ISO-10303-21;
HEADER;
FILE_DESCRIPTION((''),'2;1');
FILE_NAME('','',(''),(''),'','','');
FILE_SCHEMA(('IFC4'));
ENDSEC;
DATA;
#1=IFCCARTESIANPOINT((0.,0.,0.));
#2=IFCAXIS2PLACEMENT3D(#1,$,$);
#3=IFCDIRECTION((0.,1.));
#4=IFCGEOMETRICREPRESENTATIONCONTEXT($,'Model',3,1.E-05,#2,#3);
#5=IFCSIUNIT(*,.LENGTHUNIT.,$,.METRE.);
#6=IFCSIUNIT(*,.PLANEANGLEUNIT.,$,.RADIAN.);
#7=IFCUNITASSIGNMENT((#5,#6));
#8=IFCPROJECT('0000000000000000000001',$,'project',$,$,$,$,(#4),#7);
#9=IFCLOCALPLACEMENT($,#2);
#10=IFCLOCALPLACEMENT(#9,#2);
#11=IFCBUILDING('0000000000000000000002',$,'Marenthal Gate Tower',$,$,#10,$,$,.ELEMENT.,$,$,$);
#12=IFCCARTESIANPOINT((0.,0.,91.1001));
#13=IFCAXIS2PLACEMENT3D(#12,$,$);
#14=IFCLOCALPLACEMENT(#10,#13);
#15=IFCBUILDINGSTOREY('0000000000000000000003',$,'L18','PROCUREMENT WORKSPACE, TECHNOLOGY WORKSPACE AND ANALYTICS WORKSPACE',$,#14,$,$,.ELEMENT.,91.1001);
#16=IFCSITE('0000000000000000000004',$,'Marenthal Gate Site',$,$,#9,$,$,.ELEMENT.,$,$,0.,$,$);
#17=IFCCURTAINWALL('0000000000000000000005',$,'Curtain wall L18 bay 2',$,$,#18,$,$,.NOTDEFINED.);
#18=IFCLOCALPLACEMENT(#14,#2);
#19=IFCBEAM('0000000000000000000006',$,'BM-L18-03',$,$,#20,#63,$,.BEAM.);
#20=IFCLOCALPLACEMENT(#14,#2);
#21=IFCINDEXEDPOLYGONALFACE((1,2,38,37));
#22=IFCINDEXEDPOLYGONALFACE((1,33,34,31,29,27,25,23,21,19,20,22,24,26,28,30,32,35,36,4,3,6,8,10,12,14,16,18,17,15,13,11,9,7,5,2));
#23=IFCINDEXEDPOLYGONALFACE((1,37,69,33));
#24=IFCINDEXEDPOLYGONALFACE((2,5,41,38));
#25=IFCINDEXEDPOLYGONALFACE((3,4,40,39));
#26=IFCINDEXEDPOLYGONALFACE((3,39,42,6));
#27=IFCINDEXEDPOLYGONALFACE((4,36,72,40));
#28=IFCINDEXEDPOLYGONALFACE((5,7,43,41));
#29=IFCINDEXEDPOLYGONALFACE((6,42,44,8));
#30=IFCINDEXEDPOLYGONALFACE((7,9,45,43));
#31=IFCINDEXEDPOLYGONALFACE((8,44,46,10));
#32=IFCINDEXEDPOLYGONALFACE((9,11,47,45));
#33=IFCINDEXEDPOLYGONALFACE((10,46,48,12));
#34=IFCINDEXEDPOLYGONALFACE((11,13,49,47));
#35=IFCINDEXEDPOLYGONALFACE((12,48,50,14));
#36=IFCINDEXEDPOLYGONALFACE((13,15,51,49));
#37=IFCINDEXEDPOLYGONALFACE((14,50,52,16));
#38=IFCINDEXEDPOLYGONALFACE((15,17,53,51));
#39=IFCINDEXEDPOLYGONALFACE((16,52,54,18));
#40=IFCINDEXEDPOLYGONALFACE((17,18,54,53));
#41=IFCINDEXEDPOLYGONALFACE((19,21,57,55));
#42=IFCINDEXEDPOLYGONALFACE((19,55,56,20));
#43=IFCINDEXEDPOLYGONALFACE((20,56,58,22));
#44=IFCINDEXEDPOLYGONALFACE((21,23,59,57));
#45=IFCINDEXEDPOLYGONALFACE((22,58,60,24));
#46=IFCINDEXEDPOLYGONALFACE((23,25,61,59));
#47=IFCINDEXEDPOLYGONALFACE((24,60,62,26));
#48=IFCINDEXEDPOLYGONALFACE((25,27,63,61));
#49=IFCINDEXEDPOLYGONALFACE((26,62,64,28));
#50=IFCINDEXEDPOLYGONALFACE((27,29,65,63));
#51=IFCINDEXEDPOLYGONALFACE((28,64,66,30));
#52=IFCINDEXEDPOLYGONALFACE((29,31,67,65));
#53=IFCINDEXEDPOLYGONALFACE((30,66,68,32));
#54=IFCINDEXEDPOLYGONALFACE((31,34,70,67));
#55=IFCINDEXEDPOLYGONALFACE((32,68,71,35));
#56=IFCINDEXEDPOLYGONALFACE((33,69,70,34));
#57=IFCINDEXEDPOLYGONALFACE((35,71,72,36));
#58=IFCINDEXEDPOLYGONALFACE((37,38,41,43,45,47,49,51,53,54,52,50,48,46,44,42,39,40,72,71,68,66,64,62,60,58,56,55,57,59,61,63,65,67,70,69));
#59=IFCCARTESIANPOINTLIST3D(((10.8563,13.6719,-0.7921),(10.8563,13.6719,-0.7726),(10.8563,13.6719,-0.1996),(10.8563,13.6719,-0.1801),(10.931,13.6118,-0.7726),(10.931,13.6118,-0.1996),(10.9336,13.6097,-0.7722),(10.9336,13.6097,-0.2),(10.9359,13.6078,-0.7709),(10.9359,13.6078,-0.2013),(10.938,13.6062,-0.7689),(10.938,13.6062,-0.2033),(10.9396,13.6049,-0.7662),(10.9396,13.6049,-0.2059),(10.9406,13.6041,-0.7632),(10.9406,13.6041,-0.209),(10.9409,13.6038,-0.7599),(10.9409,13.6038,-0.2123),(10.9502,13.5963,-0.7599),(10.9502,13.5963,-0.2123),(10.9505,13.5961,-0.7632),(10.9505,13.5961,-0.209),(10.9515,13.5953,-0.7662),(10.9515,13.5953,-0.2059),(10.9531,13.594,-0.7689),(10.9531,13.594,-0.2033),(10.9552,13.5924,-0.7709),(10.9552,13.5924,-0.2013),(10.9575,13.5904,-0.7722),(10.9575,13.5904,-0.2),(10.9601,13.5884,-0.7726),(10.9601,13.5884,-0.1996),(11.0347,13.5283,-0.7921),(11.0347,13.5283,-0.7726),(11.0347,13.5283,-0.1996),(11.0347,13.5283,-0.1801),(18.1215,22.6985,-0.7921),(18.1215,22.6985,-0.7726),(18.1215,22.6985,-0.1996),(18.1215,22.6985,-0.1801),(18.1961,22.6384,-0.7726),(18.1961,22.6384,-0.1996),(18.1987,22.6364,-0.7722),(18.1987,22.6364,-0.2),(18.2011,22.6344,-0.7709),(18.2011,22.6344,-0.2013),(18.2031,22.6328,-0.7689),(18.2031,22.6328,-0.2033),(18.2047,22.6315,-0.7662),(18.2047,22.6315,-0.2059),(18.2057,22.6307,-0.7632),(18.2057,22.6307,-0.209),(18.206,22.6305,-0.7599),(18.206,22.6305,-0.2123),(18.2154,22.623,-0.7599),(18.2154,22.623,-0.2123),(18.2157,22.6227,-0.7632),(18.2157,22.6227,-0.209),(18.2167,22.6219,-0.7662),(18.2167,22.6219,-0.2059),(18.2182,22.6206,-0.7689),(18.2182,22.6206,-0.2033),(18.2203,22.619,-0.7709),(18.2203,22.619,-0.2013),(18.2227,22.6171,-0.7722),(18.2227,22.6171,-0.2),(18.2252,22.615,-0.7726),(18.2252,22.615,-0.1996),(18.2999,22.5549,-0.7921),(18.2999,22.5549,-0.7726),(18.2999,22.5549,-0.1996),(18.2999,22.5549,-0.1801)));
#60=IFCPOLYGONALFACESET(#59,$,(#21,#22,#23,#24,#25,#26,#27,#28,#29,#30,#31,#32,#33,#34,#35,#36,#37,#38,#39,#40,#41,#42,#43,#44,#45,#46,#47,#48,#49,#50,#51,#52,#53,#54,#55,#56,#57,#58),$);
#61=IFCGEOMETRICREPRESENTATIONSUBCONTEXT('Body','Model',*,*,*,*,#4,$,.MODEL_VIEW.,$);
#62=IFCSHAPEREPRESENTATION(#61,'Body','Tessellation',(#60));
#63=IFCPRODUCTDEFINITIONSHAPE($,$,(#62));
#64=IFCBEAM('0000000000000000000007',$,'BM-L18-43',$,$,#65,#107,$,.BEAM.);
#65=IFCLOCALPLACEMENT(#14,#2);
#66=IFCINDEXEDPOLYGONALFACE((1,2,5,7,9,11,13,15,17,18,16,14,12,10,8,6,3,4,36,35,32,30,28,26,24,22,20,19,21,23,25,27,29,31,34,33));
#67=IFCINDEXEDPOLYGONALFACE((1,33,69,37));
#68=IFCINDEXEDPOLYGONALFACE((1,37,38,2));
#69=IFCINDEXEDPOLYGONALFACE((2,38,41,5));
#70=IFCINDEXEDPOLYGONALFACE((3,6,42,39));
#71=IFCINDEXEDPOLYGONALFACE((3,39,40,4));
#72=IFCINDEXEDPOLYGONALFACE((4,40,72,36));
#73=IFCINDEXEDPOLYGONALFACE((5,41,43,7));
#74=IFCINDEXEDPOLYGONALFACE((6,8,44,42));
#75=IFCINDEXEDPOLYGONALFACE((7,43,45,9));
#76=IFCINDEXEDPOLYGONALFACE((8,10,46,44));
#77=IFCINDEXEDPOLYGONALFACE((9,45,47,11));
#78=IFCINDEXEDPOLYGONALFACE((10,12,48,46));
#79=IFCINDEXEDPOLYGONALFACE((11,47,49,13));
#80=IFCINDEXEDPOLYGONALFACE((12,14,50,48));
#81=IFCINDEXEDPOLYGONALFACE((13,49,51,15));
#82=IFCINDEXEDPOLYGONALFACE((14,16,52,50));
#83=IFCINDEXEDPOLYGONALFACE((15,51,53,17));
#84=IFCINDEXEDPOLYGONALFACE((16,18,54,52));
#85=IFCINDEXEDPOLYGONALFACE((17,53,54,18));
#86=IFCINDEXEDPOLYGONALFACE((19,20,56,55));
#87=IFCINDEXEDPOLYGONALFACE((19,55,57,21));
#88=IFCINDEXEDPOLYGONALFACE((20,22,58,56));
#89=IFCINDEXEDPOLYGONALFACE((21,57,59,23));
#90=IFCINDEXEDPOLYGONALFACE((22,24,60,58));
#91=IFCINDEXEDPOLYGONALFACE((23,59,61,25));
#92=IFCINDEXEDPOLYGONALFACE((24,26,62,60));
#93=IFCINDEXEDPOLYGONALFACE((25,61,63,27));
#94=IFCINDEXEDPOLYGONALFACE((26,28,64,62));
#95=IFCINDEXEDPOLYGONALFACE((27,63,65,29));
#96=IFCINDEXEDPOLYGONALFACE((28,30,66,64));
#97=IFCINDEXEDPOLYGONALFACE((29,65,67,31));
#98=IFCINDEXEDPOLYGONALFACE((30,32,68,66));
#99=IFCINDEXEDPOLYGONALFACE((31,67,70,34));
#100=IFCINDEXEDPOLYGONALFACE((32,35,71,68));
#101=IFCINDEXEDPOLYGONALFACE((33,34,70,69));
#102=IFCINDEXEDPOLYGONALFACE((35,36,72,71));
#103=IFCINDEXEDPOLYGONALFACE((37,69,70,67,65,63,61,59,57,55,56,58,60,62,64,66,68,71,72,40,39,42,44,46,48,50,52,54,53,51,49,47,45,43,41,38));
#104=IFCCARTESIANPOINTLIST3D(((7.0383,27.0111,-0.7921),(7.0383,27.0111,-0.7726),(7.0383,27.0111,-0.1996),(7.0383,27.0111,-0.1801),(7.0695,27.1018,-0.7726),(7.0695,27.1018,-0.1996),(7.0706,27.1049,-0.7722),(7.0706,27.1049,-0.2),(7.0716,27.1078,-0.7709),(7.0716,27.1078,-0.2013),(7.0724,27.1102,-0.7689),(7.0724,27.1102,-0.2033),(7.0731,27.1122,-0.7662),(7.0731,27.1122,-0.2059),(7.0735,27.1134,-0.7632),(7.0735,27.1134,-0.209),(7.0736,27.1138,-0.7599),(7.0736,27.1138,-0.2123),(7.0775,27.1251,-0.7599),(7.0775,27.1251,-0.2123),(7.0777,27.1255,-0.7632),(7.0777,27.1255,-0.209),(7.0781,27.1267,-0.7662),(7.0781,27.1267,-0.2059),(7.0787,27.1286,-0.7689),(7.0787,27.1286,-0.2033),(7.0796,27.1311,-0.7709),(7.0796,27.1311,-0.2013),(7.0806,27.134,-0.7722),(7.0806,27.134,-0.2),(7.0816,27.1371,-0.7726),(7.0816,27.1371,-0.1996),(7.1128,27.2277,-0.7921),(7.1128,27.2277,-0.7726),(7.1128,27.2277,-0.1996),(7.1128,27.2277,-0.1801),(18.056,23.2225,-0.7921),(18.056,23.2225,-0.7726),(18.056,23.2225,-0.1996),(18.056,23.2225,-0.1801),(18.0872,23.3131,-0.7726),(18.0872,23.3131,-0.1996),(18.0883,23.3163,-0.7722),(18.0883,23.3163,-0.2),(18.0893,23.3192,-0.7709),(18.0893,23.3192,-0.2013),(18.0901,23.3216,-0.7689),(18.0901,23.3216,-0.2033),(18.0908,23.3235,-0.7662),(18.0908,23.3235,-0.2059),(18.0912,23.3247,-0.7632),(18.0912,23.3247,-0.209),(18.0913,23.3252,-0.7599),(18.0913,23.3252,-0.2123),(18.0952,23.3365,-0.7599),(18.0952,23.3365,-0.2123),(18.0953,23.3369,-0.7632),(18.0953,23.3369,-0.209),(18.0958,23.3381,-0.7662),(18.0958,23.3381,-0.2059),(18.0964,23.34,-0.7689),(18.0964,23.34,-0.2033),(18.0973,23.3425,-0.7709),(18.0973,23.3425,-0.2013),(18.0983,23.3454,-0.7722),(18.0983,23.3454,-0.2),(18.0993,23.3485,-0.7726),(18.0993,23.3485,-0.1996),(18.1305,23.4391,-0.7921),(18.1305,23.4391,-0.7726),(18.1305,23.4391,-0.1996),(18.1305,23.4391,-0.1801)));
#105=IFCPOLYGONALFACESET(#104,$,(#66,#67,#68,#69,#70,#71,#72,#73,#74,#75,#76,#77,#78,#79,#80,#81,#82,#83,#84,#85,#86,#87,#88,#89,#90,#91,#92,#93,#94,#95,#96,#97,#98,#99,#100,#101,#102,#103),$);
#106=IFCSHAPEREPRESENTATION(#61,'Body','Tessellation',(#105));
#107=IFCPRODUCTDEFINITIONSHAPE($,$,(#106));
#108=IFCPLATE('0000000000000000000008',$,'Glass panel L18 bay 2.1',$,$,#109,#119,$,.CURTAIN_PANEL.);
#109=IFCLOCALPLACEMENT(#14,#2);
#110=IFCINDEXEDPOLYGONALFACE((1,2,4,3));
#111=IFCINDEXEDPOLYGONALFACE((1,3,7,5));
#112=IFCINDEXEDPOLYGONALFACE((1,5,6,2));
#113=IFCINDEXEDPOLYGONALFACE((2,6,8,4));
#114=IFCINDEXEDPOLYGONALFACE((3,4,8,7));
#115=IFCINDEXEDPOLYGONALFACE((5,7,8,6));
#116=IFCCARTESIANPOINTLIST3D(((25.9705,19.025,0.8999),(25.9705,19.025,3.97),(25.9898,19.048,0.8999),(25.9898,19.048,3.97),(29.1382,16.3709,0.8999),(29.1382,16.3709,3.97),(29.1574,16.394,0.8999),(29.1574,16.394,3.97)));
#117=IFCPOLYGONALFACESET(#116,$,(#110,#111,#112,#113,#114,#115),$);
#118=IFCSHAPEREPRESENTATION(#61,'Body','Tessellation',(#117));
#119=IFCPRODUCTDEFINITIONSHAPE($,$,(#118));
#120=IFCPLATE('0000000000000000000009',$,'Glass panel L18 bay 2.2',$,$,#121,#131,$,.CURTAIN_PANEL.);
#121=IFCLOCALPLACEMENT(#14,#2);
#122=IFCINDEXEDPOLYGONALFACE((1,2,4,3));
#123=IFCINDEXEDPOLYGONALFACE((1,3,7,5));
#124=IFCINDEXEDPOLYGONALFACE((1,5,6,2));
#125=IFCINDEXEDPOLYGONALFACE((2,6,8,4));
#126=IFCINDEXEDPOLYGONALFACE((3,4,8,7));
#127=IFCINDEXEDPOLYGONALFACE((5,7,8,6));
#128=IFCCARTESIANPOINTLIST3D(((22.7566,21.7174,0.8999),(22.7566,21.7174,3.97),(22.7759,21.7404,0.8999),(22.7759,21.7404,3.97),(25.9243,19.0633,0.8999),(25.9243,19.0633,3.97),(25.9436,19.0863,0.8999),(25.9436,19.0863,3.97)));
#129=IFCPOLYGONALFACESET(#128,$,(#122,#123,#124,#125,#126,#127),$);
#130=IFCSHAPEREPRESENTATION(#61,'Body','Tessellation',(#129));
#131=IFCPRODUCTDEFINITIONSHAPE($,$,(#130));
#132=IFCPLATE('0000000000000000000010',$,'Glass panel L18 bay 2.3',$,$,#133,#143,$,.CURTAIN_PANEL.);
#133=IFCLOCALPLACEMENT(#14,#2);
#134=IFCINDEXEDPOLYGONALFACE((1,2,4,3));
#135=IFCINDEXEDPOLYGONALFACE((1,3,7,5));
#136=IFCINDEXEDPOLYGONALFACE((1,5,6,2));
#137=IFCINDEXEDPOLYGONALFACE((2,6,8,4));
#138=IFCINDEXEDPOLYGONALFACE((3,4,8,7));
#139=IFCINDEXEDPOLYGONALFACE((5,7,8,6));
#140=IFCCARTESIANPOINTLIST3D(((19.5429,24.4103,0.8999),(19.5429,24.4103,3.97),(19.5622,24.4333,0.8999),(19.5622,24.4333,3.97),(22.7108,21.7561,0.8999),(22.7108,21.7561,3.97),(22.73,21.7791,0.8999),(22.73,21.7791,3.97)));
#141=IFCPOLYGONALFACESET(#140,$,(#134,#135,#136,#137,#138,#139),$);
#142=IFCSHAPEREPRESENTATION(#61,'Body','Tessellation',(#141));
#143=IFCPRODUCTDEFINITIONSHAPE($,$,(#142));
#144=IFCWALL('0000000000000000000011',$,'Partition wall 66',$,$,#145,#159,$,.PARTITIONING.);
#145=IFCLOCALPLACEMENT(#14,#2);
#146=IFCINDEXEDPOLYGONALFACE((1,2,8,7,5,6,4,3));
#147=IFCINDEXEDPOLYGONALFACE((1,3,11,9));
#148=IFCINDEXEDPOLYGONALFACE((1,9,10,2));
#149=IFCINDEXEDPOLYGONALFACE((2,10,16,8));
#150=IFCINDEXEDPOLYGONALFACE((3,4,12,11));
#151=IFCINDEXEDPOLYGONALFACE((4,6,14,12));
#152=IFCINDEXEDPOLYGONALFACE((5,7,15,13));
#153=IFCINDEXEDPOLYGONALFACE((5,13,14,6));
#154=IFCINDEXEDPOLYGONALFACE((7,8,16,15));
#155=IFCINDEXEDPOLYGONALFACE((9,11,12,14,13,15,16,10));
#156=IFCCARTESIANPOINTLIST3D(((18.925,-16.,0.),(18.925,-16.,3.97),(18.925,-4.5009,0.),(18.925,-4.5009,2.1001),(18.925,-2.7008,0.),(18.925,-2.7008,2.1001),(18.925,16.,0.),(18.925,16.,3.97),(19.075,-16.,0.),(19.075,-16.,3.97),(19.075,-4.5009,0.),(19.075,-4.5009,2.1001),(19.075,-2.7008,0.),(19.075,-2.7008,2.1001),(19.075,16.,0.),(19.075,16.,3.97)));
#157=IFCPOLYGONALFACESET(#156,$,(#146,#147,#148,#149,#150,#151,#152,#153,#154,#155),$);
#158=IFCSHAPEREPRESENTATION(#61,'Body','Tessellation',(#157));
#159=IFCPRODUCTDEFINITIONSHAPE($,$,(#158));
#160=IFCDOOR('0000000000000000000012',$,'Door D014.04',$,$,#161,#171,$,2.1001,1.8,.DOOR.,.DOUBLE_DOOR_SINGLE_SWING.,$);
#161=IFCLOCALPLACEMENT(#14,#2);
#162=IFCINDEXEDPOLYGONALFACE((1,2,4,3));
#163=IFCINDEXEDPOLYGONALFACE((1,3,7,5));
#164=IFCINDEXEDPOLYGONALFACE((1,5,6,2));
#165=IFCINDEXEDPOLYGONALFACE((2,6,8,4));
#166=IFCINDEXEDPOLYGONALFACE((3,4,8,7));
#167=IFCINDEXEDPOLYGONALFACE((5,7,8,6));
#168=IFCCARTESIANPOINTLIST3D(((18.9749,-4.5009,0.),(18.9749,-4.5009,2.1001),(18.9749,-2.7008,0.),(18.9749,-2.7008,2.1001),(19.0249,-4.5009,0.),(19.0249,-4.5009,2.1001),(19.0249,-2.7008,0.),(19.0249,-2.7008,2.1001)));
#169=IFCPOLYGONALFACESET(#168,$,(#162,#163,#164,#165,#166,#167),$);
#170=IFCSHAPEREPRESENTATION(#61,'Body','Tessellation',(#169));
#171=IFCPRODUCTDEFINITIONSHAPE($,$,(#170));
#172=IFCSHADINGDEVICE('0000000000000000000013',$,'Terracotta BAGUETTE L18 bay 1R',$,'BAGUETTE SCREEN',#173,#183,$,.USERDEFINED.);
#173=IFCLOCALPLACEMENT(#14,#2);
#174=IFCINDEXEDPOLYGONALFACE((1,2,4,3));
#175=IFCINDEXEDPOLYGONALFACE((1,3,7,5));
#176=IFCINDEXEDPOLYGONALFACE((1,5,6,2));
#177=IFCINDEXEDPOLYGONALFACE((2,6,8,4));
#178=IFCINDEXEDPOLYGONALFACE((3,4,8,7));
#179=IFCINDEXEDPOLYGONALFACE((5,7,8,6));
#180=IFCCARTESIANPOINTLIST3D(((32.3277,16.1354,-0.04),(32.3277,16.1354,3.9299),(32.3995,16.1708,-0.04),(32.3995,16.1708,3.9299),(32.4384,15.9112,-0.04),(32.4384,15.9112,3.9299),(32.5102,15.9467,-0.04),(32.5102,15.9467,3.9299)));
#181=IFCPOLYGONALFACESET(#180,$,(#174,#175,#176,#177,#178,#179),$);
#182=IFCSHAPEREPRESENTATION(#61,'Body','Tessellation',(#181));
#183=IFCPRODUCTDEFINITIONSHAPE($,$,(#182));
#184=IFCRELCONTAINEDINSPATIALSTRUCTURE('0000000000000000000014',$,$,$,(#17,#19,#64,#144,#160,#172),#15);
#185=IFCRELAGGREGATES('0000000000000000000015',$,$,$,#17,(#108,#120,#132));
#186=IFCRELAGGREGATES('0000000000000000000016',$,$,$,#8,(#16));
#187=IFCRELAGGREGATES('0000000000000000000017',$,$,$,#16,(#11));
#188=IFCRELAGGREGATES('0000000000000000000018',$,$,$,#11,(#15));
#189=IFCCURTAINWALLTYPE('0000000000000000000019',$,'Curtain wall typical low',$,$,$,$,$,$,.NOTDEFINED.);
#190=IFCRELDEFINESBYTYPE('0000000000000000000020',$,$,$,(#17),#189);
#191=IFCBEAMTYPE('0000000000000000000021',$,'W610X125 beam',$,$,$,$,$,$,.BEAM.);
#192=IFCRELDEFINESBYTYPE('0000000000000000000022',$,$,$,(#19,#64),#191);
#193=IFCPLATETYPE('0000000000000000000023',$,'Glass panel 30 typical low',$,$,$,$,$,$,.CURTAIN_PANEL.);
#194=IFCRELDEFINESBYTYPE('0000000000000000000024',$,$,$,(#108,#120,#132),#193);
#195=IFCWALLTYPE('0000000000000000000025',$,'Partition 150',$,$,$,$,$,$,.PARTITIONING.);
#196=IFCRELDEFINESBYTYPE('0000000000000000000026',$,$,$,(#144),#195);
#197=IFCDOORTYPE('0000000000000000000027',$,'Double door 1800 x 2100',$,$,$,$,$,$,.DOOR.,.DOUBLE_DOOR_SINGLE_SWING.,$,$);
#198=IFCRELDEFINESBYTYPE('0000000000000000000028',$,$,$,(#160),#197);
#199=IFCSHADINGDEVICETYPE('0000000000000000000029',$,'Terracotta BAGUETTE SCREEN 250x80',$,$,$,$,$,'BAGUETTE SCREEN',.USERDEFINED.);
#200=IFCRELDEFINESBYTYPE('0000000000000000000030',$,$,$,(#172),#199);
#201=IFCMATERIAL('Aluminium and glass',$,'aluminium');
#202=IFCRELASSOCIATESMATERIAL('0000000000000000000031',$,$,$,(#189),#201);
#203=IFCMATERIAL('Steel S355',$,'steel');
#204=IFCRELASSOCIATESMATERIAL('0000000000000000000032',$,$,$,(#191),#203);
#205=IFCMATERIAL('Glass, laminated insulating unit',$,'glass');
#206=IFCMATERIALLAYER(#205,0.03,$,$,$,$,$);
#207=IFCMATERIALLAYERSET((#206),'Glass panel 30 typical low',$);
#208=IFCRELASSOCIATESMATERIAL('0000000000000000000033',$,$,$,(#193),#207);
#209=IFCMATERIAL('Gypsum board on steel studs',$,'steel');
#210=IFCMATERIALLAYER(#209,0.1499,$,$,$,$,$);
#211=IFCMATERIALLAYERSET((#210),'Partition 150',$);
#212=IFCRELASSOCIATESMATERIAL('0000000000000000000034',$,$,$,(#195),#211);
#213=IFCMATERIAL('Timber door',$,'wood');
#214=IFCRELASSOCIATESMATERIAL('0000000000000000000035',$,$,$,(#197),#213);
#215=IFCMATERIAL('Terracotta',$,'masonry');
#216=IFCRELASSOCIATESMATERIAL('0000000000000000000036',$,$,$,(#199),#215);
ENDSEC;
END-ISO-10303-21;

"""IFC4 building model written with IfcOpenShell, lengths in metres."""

from ifc_helpers import new_model, si_unit, direction, frame, frame_2d, origin, origin_2d, place, context, subcontext, project, spatial, rectangle, i_section, extrude, material, layer, layer_set, material_profile, profile_set, type_object, element, fill, aggregate, save


model = new_model("IFC4")

# Units and contexts
model_context = context("Model", 3, precision=1e-05, world=origin(), true_north=direction((0.0, 1.0)))
body_context = subcontext(model_context, "Body", "Model", "MODEL_VIEW")
ifc_project = project(units=[si_unit("LENGTHUNIT", "METRE"), si_unit("PLANEANGLEUNIT", "RADIAN")], contexts=[model_context])

# Site, building, storey
site_placement = place(None, origin())
site = spatial("IfcSite", under=ifc_project, at=site_placement, Name="Marenthal Gate Site", CompositionType="ELEMENT", RefElevation=0.0)
building_placement = place(site_placement, origin())
building = spatial("IfcBuilding", under=site, at=building_placement, Name="Marenthal Gate Tower", CompositionType="ELEMENT")
storey_placement = place(building_placement, frame((0.0, 0.0, 91.1001)))
storey = spatial("IfcBuildingStorey", under=building, at=storey_placement, Name="L18", Description="PROCUREMENT WORKSPACE, TECHNOLOGY WORKSPACE AND ANALYTICS WORKSPACE", CompositionType="ELEMENT", Elevation=91.1001)

# Curtain wall
ifc_material_1 = material(Name="Aluminium and glass", Category="aluminium")
curtain_wall_type = type_object("IfcCurtainWallType", Name="Curtain wall typical low", PredefinedType="NOTDEFINED", material=ifc_material_1)
curtain_wall_placement = place(storey_placement, origin())
curtain_wall = element("IfcCurtainWall", 1, at=curtain_wall_placement, inside=storey, type_object=curtain_wall_type, Name="Curtain wall L18 bay 2", PredefinedType="NOTDEFINED")

# Beams
ifc_material_2 = material(Name="Steel S355", Category="steel")
ifc_material_profile_1 = material_profile(ifc_material_2, i_section(OverallWidth=0.229, OverallDepth=0.6121, WebThickness=0.012, FlangeThickness=0.0195, FilletRadius=0.0127, at=origin_2d()), Name="W610X125")
ifc_profile_set_1 = profile_set([ifc_material_profile_1], Name="Steel S355")
beam_type_1 = type_object("IfcBeamType", Name="W610X125 beam", PredefinedType="BEAM", material=ifc_profile_set_1)
beam_1_placement = place(storey_placement, frame((18.2107, 22.6267, -0.4861), z_axis=(-0.627, -0.779019, 0.0), x_axis=(0.779019, -0.627, 0.0)))
element("IfcBeam", 2, at=beam_1_placement, inside=storey, type_object=beam_type_1, Name="BM-L18-03", PredefinedType="BEAM", context=body_context, shape_type="SweptSolid", body=[
    extrude(i_section(OverallWidth=0.229, OverallDepth=0.6121, WebThickness=0.012, FlangeThickness=0.0195, FilletRadius=0.0127, at=origin_2d()), origin(), (0.0, 0.0, 1.0), 11.5872),
])
beam_2_placement = place(storey_placement, frame((18.0933, 23.3308, -0.4861), z_axis=(-0.945653, 0.325178, 0.0), x_axis=(-0.325178, -0.945653, 0.0)))
element("IfcBeam", 3, at=beam_2_placement, inside=storey, type_object=beam_type_1, Name="BM-L18-43", PredefinedType="BEAM", context=body_context, shape_type="SweptSolid", body=[
    extrude(i_section(OverallWidth=0.229, OverallDepth=0.6121, WebThickness=0.012, FlangeThickness=0.0195, FilletRadius=0.0127, at=origin_2d()), origin(), (0.0, 0.0, 1.0), 11.6509),
])

# Plates
ifc_material_3 = material(Name="Glass, laminated insulating unit", Category="glass")
ifc_layer_1 = layer(ifc_material_3, 0.03)
ifc_layer_set_1 = layer_set([ifc_layer_1], Name="Glass panel 30 typical low")
plate_type = type_object("IfcPlateType", Name="Glass panel 30 typical low", PredefinedType="CURTAIN_PANEL", material=ifc_layer_set_1)
plate_1_placement = place(storey_placement, frame((27.564, 17.7095, 0.8999), z_axis=(0.0, 0.0, 1.0), x_axis=(-0.766513, 0.642228, 0.0)))
plate_1 = element("IfcPlate", 4, at=plate_1_placement, type_object=plate_type, Name="Glass panel L18 bay 2.1", PredefinedType="CURTAIN_PANEL", context=body_context, shape_type="SweptSolid", body=[
    extrude(rectangle(XDim=4.1326, YDim=0.03, at=origin_2d()), origin(), (0.0, 0.0, 1.0), 3.0701),
])
plate_2_placement = place(storey_placement, frame((24.3501, 20.4019, 0.8999), z_axis=(0.0, 0.0, 1.0), x_axis=(-0.766513, 0.642228, 0.0)))
plate_2 = element("IfcPlate", 5, at=plate_2_placement, type_object=plate_type, Name="Glass panel L18 bay 2.2", PredefinedType="CURTAIN_PANEL", context=body_context, shape_type="SweptSolid", body=[
    extrude(rectangle(XDim=4.1326, YDim=0.03, at=origin_2d()), origin(), (0.0, 0.0, 1.0), 3.0701),
])
plate_3_placement = place(storey_placement, frame((21.1365, 23.0947, 0.8999), z_axis=(0.0, 0.0, 1.0), x_axis=(-0.766513, 0.642228, 0.0)))
plate_3 = element("IfcPlate", 6, at=plate_3_placement, type_object=plate_type, Name="Glass panel L18 bay 2.3", PredefinedType="CURTAIN_PANEL", context=body_context, shape_type="SweptSolid", body=[
    extrude(rectangle(XDim=4.1328, YDim=0.03, at=origin_2d()), origin(), (0.0, 0.0, 1.0), 3.0701),
])
aggregate(curtain_wall, [plate_1, plate_2, plate_3])

# Wall, opening, door
ifc_material_4 = material(Name="Gypsum board on steel studs", Category="steel")
ifc_layer_2 = layer(ifc_material_4, 0.1499)
ifc_layer_set_2 = layer_set([ifc_layer_2], Name="Partition 150")
wall_type_1 = type_object("IfcWallType", Name="Partition 150", PredefinedType="PARTITIONING", material=ifc_layer_set_2)
wall_1_placement = place(storey_placement, frame((19.0, 16.0, 0.0), z_axis=(0.0, 0.0, 1.0), x_axis=(0.0, -1.0, 0.0)))
wall_1 = element("IfcWall", 7, at=wall_1_placement, inside=storey, type_object=wall_type_1, Name="Partition wall 66", PredefinedType="PARTITIONING", context=body_context, shape_type="SweptSolid", body=[
    extrude(rectangle(XDim=32.0, YDim=0.1499, at=frame_2d((16.0, 0.0))), origin(), (0.0, 0.0, 1.0), 3.97),
])
opening_1_placement = place(wall_1_placement, frame((18.7009, 0.0, 0.0)))
opening_1 = element("IfcOpeningElement", 8, at=opening_1_placement, cuts=wall_1, PredefinedType="OPENING", context=body_context, shape_type="SweptSolid", body=[
    extrude(rectangle(XDim=1.8, YDim=2.1001, at=frame_2d((0.8999, 1.05))), frame((0.0, 0.085, 0.0), z_axis=(0.0, -1.0, 0.0), x_axis=(1.0, 0.0, 0.0)), (0.0, 0.0, 1.0), 0.1699),
])
ifc_material_5 = material(Name="Timber door", Category="wood")
door_type_1 = type_object("IfcDoorType", Name="Double door 1800 x 2100", OperationType="DOUBLE_DOOR_SINGLE_SWING", PredefinedType="DOOR", material=ifc_material_5)
door_1_placement = place(opening_1_placement, origin())
door_1 = element("IfcDoor", 9, at=door_1_placement, inside=storey, type_object=door_type_1, Name="Door D014.04", OperationType="DOUBLE_DOOR_SINGLE_SWING", OverallHeight=2.1001, OverallWidth=1.8, PredefinedType="DOOR", context=body_context, shape_type="SweptSolid", body=[
    extrude(rectangle(XDim=1.8, YDim=2.1001, at=frame_2d((0.8999, 1.05))), frame((0.0, 0.0249, 0.0), z_axis=(0.0, -1.0, 0.0), x_axis=(1.0, 0.0, 0.0)), (0.0, 0.0, 1.0), 0.05),
])
fill(opening_1, door_1)

# Shading device
ifc_material_6 = material(Name="Terracotta", Category="masonry")
ifc_material_profile_2 = material_profile(ifc_material_6, rectangle(XDim=0.25, YDim=0.0801, at=origin_2d()), Name="Terracotta baguette 250x80")
ifc_profile_set_2 = profile_set([ifc_material_profile_2], Name="Terracotta")
shading_device_type = type_object("IfcShadingDeviceType", Name="Terracotta BAGUETTE SCREEN 250x80", ElementType="BAGUETTE SCREEN", PredefinedType="USERDEFINED", material=ifc_profile_set_2)
shading_device_placement = place(storey_placement, frame((32.4189, 16.041, -0.04), z_axis=(0.0, 0.0, 1.0), x_axis=(-0.44286, 0.896591, 0.0)))
element("IfcShadingDevice", 10, at=shading_device_placement, inside=storey, type_object=shading_device_type, Name="Terracotta BAGUETTE L18 bay 1R", ObjectType="BAGUETTE SCREEN", PredefinedType="USERDEFINED", context=body_context, shape_type="SweptSolid", body=[
    extrude(rectangle(XDim=0.25, YDim=0.0801, at=origin_2d()), origin(), (0.0, 0.0, 1.0), 3.97),
])

save(model, "model.ifc")
